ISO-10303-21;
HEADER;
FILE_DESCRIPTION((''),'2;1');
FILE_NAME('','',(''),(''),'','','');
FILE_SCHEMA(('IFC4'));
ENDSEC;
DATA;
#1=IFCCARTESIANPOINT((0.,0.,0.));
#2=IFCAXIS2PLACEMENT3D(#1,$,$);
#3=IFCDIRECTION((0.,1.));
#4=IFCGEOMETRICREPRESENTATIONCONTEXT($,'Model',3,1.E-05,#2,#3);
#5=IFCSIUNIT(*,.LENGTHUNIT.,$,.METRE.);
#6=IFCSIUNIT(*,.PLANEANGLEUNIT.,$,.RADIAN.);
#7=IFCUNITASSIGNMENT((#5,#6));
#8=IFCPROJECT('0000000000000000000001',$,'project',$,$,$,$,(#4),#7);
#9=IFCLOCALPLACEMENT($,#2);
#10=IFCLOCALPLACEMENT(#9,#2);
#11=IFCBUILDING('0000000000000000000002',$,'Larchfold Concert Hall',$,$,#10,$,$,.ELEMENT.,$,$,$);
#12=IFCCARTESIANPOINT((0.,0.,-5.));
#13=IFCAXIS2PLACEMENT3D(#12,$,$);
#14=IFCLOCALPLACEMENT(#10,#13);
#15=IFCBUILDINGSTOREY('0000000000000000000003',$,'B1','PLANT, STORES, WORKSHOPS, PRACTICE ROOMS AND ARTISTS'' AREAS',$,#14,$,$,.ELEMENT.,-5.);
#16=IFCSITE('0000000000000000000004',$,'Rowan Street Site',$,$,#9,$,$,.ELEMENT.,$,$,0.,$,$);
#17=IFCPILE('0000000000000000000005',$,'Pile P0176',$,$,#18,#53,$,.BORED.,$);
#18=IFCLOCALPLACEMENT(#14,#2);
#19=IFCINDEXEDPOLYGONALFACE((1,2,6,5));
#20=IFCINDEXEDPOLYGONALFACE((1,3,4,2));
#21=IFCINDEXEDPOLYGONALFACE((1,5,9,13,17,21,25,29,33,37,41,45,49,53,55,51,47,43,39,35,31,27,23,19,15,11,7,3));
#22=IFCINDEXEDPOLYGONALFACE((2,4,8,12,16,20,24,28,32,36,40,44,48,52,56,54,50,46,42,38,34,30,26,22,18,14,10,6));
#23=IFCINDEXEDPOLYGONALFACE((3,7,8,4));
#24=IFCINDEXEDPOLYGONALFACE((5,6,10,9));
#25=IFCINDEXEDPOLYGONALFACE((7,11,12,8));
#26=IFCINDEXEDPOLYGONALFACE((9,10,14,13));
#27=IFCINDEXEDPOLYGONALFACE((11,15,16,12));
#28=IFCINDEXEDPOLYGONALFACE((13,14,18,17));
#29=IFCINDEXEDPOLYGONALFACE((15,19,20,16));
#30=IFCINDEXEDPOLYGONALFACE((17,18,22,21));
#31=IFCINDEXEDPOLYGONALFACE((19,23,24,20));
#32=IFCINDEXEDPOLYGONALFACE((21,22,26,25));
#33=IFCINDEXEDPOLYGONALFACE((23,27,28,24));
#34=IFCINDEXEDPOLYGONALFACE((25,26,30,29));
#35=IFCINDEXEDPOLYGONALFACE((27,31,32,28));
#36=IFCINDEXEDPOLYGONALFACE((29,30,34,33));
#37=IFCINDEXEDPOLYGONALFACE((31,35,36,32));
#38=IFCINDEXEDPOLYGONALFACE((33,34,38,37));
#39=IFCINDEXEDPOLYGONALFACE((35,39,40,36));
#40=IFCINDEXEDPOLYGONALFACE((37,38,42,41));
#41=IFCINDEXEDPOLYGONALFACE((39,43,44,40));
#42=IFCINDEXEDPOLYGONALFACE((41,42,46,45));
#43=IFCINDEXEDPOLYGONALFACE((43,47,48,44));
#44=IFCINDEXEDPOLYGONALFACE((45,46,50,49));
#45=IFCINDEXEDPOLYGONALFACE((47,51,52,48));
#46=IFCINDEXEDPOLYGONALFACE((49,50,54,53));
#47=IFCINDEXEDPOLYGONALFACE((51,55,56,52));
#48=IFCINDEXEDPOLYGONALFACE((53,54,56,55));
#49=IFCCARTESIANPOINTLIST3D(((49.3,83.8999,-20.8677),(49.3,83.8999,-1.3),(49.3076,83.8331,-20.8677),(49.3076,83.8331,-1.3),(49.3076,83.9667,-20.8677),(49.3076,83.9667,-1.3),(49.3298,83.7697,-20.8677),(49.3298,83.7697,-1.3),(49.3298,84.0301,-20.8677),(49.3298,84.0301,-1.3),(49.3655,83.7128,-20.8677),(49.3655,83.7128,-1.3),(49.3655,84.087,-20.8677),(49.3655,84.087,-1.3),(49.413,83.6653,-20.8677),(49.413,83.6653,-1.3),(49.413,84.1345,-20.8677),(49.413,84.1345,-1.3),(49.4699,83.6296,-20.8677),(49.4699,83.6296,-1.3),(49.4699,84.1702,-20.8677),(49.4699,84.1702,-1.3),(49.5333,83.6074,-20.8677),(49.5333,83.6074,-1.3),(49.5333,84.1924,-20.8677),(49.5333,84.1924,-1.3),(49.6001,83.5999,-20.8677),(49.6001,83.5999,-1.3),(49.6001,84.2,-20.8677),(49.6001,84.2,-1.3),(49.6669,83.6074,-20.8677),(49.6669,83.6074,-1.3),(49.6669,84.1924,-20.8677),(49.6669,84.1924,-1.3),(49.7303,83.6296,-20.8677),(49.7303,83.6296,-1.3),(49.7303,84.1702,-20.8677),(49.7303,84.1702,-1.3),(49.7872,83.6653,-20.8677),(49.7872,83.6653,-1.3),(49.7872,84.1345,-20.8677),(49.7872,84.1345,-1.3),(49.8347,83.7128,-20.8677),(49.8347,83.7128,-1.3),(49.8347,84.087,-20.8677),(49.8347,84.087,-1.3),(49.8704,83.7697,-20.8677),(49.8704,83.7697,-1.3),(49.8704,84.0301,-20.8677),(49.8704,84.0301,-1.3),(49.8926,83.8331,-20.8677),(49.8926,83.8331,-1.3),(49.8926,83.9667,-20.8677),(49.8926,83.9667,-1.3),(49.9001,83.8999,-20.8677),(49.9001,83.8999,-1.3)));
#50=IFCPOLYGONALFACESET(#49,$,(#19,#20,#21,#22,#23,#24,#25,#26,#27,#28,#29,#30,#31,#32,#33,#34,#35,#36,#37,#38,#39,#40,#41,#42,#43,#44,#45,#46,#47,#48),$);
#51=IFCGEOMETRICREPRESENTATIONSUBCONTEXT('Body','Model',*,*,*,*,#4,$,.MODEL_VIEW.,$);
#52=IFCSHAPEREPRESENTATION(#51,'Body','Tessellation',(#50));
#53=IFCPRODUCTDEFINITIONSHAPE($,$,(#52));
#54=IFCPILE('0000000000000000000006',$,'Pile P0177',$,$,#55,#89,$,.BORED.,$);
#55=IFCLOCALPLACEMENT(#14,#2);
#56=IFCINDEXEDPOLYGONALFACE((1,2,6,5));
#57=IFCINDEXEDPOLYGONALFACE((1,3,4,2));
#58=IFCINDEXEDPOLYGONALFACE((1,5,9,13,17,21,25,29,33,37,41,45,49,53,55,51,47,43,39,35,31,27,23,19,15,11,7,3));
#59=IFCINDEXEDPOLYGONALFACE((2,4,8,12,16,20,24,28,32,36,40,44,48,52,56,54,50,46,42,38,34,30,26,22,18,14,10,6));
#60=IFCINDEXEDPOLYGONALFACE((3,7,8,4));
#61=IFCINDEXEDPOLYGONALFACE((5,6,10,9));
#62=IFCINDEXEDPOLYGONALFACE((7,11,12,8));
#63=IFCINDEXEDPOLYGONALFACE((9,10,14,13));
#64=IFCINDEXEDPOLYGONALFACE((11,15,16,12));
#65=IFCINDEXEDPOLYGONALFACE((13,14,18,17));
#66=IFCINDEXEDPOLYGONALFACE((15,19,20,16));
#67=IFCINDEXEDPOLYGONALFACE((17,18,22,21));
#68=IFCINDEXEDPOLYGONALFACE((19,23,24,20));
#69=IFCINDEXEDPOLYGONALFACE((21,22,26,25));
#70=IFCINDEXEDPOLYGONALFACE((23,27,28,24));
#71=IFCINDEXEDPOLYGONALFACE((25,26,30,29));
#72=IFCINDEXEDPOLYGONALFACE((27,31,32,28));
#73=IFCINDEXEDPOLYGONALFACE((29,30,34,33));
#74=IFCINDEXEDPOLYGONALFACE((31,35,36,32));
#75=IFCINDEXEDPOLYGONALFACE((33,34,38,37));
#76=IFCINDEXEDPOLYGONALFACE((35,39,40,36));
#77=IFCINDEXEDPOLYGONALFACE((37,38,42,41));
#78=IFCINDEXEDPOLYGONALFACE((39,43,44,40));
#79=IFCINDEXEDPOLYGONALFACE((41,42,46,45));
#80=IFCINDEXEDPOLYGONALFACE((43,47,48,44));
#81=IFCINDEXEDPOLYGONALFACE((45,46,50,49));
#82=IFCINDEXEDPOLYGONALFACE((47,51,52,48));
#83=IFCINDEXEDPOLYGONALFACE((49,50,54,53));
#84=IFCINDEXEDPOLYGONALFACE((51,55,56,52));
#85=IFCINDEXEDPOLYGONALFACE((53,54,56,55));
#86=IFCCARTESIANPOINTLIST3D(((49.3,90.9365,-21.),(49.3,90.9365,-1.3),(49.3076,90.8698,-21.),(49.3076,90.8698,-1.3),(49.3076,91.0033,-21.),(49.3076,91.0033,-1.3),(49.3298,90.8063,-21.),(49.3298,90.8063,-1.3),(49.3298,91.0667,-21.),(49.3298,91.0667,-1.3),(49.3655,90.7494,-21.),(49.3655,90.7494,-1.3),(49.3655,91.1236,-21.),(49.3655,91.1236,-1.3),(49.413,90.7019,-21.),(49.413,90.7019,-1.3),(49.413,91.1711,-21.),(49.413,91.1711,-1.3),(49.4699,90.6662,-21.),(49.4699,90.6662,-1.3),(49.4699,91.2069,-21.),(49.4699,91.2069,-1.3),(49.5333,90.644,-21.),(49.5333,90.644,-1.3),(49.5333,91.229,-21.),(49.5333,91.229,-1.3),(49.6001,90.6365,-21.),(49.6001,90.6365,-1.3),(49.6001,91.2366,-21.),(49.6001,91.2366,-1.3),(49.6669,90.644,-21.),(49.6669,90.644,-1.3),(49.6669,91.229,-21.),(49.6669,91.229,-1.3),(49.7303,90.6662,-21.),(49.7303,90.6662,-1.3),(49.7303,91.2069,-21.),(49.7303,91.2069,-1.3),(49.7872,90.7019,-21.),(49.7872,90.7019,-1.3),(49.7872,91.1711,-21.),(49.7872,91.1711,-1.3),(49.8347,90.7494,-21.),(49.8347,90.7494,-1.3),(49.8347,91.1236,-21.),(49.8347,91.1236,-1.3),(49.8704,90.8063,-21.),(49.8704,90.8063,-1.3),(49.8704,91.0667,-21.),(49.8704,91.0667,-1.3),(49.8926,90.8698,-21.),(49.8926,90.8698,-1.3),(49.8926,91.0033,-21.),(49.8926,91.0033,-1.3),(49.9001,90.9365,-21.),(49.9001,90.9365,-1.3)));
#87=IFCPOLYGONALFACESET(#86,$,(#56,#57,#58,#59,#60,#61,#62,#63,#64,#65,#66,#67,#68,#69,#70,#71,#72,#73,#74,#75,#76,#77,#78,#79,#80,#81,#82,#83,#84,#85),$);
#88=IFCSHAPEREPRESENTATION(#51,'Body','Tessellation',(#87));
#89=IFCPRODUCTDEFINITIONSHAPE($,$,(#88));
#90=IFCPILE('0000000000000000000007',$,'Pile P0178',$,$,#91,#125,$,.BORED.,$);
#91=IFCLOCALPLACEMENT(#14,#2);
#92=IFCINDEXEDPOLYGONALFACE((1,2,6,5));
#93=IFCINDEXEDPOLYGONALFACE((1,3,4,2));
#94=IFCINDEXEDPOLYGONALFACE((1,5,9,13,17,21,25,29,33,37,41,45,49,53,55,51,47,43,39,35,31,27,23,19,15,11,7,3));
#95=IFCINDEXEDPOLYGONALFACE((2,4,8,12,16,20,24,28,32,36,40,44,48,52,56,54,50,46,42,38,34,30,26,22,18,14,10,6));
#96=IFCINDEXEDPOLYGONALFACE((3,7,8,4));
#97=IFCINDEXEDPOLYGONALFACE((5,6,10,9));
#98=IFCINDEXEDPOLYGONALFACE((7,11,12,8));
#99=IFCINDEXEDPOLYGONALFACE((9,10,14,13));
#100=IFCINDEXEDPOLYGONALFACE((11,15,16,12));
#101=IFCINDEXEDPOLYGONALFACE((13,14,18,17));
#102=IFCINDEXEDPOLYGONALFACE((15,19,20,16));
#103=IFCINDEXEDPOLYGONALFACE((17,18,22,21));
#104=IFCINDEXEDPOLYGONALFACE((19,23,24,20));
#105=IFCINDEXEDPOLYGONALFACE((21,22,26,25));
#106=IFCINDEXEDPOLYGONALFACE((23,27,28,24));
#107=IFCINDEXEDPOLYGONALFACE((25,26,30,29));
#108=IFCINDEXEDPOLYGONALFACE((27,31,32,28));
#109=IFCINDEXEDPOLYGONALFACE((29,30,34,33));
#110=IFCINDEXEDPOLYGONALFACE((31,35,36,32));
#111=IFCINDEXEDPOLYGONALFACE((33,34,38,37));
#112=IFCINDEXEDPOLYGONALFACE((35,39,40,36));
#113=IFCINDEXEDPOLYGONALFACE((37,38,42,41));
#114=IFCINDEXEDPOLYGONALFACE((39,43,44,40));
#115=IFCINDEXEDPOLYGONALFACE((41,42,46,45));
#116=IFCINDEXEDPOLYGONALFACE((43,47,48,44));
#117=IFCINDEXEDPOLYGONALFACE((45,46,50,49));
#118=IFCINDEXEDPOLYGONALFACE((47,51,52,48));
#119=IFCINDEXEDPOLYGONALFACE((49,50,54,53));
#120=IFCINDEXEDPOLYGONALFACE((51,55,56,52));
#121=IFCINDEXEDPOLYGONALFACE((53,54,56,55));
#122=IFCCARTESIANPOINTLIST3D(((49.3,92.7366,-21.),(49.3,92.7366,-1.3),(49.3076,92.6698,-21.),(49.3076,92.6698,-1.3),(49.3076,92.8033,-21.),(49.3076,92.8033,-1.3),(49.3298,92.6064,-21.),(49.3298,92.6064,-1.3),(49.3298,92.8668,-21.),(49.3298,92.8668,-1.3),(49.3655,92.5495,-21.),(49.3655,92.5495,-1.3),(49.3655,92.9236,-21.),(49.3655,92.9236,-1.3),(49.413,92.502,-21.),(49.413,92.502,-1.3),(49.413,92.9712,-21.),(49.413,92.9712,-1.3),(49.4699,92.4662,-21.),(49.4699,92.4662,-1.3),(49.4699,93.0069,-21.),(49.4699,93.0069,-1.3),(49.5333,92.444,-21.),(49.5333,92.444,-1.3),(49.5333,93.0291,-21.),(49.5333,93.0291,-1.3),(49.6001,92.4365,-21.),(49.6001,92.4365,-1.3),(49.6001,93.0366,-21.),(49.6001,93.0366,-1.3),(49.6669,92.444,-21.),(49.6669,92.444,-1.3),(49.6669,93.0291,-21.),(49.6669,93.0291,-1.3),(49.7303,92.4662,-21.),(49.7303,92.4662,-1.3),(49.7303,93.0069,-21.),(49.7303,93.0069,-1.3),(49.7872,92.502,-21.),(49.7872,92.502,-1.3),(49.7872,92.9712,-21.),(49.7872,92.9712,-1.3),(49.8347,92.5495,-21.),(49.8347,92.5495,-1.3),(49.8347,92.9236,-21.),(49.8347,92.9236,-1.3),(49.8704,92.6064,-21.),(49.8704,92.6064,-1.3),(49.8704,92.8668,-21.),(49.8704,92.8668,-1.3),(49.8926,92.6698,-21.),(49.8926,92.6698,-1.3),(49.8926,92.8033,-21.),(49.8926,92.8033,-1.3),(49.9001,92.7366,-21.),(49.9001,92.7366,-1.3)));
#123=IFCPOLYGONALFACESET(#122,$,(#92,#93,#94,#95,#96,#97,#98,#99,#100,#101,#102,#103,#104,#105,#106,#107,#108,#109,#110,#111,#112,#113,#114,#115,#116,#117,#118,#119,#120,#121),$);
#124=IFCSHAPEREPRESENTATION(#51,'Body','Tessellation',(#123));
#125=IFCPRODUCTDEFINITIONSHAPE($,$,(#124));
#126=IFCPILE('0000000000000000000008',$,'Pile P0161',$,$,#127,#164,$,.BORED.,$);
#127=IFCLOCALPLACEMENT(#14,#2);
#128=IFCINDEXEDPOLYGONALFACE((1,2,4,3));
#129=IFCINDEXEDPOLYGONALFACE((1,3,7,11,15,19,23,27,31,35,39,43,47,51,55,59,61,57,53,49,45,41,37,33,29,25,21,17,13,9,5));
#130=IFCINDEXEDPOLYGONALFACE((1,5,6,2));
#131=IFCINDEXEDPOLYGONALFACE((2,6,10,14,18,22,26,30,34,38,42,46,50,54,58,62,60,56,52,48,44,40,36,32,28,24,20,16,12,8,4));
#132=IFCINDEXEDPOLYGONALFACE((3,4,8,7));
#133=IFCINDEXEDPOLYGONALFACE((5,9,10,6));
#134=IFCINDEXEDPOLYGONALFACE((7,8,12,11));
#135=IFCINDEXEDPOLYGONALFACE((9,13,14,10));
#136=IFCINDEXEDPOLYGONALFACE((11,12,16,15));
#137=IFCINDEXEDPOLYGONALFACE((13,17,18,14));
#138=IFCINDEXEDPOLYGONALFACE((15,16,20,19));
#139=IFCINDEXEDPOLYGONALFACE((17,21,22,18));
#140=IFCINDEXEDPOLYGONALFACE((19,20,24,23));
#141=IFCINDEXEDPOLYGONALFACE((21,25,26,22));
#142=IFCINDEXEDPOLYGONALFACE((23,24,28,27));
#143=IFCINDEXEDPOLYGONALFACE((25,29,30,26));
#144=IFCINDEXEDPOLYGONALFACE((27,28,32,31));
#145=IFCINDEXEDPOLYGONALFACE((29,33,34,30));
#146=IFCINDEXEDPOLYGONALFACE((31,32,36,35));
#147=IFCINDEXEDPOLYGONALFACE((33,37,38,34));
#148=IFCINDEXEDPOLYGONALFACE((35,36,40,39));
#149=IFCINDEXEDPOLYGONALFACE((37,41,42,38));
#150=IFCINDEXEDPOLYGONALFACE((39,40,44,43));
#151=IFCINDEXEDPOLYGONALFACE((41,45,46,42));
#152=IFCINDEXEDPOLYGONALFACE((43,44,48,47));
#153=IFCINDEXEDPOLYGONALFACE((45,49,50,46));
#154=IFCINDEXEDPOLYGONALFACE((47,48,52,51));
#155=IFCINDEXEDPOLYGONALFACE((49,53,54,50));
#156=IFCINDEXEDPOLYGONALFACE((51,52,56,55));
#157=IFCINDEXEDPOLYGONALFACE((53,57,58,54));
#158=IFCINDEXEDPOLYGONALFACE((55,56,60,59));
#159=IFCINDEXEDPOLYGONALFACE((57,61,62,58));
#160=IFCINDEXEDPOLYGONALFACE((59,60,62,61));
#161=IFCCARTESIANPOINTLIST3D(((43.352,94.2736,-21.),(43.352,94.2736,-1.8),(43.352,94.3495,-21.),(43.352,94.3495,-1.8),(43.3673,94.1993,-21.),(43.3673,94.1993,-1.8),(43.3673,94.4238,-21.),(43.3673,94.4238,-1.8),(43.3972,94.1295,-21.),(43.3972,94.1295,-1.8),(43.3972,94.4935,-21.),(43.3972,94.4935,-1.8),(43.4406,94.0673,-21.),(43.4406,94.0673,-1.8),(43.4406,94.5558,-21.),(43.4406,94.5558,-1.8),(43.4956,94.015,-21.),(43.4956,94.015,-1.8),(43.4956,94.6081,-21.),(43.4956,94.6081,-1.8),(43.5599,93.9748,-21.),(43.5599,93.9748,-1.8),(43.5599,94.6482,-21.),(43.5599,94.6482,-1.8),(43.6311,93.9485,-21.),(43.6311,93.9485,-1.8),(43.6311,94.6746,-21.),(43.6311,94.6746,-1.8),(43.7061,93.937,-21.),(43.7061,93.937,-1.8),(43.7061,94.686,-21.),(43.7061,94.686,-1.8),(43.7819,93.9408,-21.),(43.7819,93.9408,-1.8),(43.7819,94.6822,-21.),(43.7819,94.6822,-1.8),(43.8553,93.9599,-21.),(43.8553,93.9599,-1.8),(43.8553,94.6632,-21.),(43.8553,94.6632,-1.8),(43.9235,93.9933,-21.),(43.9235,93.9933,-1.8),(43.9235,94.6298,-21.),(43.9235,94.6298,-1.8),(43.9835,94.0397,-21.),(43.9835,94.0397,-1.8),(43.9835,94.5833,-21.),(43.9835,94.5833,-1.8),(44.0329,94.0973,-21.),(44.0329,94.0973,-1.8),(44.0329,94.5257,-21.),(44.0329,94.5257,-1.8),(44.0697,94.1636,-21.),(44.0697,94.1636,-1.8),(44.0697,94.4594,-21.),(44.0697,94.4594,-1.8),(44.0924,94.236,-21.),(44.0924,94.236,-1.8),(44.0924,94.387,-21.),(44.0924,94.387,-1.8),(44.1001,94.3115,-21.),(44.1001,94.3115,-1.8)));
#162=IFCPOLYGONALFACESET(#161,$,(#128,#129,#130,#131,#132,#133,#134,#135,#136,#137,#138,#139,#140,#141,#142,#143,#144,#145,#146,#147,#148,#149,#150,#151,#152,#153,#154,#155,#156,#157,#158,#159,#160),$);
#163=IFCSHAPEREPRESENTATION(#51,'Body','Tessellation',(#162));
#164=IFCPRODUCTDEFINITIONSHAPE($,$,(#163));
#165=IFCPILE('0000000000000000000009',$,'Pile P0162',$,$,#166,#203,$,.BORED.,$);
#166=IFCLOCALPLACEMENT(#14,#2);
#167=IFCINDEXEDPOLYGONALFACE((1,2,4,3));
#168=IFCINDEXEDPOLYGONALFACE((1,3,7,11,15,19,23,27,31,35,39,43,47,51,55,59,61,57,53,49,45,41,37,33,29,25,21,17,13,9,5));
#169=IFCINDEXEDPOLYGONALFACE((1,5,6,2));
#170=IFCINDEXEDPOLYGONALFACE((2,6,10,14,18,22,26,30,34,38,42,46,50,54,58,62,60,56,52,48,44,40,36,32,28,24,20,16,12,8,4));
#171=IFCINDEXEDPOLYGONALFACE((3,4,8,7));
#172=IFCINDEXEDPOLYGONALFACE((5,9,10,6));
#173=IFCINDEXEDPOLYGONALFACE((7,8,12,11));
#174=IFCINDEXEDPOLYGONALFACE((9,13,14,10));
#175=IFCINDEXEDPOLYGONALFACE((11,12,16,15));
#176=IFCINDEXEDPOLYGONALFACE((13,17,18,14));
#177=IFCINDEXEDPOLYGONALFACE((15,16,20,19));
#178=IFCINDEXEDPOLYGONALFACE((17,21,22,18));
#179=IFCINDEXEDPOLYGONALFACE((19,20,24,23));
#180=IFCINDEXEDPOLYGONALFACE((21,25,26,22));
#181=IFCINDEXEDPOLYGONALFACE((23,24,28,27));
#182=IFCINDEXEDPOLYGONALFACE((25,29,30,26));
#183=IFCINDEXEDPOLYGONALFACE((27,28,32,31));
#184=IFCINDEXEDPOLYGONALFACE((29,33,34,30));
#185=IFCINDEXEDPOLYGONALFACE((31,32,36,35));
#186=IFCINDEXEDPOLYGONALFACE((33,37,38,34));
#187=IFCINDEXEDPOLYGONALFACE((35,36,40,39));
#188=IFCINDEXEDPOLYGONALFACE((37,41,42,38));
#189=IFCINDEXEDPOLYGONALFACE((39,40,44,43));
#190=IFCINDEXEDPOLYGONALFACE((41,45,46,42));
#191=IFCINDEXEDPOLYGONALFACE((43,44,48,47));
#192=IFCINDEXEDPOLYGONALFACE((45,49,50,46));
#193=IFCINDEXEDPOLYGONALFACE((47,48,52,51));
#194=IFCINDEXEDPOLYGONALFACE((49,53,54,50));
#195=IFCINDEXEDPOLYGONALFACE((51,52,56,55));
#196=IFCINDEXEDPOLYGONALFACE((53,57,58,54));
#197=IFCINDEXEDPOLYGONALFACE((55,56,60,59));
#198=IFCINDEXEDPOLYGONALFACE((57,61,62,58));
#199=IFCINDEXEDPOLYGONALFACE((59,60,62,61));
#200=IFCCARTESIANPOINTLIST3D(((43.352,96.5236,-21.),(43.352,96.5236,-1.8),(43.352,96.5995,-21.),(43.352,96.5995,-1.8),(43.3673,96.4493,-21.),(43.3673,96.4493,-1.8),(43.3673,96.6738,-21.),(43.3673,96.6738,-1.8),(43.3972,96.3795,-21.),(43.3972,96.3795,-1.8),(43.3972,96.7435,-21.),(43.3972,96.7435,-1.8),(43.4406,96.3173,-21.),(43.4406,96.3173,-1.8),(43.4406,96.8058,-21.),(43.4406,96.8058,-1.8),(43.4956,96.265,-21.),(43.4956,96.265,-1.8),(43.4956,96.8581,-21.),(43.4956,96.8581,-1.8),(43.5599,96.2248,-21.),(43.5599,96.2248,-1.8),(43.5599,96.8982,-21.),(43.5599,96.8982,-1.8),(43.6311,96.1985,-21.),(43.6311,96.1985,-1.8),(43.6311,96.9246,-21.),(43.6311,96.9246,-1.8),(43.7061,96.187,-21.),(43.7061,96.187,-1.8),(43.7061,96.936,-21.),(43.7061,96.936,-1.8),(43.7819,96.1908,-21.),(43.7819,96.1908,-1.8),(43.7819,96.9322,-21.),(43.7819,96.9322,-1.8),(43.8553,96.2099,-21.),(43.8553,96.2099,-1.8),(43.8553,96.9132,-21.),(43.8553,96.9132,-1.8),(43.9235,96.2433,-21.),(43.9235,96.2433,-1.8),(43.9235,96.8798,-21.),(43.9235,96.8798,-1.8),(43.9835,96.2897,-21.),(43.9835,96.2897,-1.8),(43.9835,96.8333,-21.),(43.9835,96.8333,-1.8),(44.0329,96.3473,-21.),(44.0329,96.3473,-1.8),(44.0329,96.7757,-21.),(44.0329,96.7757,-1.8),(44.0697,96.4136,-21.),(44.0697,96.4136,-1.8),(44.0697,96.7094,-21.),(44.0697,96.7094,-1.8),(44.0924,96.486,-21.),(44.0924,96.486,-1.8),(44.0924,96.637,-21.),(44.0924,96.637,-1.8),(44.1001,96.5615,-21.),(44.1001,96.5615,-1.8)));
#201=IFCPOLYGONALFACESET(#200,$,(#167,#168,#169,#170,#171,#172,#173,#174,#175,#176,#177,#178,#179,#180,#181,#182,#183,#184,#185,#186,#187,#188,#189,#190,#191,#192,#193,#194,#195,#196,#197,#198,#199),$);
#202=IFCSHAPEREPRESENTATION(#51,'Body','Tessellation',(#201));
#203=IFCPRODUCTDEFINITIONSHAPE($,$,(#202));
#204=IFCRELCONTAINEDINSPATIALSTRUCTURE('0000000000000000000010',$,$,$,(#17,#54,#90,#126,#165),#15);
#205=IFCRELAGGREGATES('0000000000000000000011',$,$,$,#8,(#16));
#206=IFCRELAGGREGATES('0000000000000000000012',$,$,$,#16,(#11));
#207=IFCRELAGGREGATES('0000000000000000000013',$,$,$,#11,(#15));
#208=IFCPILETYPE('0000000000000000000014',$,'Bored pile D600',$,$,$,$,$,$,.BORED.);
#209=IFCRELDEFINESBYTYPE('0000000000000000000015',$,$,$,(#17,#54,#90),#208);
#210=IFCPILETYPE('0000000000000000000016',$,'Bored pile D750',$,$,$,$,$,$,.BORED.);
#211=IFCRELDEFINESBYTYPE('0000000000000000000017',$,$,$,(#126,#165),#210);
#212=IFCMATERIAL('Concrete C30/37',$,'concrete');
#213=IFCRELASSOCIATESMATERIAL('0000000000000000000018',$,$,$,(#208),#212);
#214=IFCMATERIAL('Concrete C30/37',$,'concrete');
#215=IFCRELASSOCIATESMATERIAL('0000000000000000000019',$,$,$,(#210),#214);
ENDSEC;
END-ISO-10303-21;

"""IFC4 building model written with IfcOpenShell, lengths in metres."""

from ifc_helpers import new_model, si_unit, direction, frame, origin, origin_2d, place, context, subcontext, project, spatial, circle, extrude, material, material_profile, profile_set, type_object, element, save


model = new_model("IFC4")

# Units and contexts
model_context = context("Model", 3, precision=1e-05, world=origin(), true_north=direction((0.0, 1.0)))
body_context = subcontext(model_context, "Body", "Model", "MODEL_VIEW")
ifc_project = project(units=[si_unit("LENGTHUNIT", "METRE"), si_unit("PLANEANGLEUNIT", "RADIAN")], contexts=[model_context])

# Site, building, storey
site_placement = place(None, origin())
site = spatial("IfcSite", under=ifc_project, at=site_placement, Name="Rowan Street Site", CompositionType="ELEMENT", RefElevation=0.0)
building_placement = place(site_placement, origin())
building = spatial("IfcBuilding", under=site, at=building_placement, Name="Larchfold Concert Hall", CompositionType="ELEMENT")
storey_placement = place(building_placement, frame((0.0, 0.0, -5.0)))
storey = spatial("IfcBuildingStorey", under=building, at=storey_placement, Name="B1", Description="PLANT, STORES, WORKSHOPS, PRACTICE ROOMS AND ARTISTS' AREAS", CompositionType="ELEMENT", Elevation=-5.0)

# Piles
ifc_material_1 = material(Name="Concrete C30/37", Category="concrete")
ifc_material_profile_1 = material_profile(ifc_material_1, circle(Radius=0.3, at=origin_2d()))
ifc_profile_set_1 = profile_set([ifc_material_profile_1], Name="Concrete C30/37")
pile_type_1 = type_object("IfcPileType", Name="Bored pile D600", PredefinedType="BORED", material=ifc_profile_set_1)
pile_placement = place(storey_placement, frame((49.6001, 83.8999, -1.3), z_axis=(0.0, 0.0, -1.0), x_axis=(1.0, 0.0, 0.0)))
element("IfcPile", 1, at=pile_placement, inside=storey, type_object=pile_type_1, Name="Pile P0176", PredefinedType="BORED", context=body_context, shape_type="SweptSolid", body=[
    extrude(circle(Radius=0.3, at=origin_2d()), origin(), (0.0, 0.0, 1.0), 19.5676),
])
for number, where, z_axis, x_axis, name in (
    (2, (49.6001, 90.9365, -1.3), (0.0, 0.0, -1.0), (1.0, 0.0, 0.0), "Pile P0177"),
    (3, (49.6001, 92.7366, -1.3), (0.0, 0.0, -1.0), (1.0, 0.0, 0.0), "Pile P0178"),
):
    element("IfcPile", number, at=place(storey_placement, frame(where, z_axis=z_axis, x_axis=x_axis)), inside=storey, type_object=pile_type_1, Name=name, PredefinedType="BORED", context=body_context, shape_type="SweptSolid", body=[
        extrude(circle(Radius=0.3, at=origin_2d()), origin(), (0.0, 0.0, 1.0), 19.7),
    ])
ifc_material_2 = material(Name="Concrete C30/37", Category="concrete")
ifc_material_profile_2 = material_profile(ifc_material_2, circle(Radius=0.375, at=origin_2d()))
ifc_profile_set_2 = profile_set([ifc_material_profile_2], Name="Concrete C30/37")
pile_type_2 = type_object("IfcPileType", Name="Bored pile D750", PredefinedType="BORED", material=ifc_profile_set_2)
for number, where, z_axis, x_axis, name in (
    (4, (43.7251, 94.3115, -1.8), (0.0, 0.0, -1.0), (1.0, 0.0, 0.0), "Pile P0161"),
    (5, (43.7251, 96.5615, -1.8), (0.0, 0.0, -1.0), (1.0, 0.0, 0.0), "Pile P0162"),
):
    element("IfcPile", number, at=place(storey_placement, frame(where, z_axis=z_axis, x_axis=x_axis)), inside=storey, type_object=pile_type_2, Name=name, PredefinedType="BORED", context=body_context, shape_type="SweptSolid", body=[
        extrude(circle(Radius=0.375, at=origin_2d()), origin(), (0.0, 0.0, 1.0), 19.2),
    ])

save(model, "model.ifc")
